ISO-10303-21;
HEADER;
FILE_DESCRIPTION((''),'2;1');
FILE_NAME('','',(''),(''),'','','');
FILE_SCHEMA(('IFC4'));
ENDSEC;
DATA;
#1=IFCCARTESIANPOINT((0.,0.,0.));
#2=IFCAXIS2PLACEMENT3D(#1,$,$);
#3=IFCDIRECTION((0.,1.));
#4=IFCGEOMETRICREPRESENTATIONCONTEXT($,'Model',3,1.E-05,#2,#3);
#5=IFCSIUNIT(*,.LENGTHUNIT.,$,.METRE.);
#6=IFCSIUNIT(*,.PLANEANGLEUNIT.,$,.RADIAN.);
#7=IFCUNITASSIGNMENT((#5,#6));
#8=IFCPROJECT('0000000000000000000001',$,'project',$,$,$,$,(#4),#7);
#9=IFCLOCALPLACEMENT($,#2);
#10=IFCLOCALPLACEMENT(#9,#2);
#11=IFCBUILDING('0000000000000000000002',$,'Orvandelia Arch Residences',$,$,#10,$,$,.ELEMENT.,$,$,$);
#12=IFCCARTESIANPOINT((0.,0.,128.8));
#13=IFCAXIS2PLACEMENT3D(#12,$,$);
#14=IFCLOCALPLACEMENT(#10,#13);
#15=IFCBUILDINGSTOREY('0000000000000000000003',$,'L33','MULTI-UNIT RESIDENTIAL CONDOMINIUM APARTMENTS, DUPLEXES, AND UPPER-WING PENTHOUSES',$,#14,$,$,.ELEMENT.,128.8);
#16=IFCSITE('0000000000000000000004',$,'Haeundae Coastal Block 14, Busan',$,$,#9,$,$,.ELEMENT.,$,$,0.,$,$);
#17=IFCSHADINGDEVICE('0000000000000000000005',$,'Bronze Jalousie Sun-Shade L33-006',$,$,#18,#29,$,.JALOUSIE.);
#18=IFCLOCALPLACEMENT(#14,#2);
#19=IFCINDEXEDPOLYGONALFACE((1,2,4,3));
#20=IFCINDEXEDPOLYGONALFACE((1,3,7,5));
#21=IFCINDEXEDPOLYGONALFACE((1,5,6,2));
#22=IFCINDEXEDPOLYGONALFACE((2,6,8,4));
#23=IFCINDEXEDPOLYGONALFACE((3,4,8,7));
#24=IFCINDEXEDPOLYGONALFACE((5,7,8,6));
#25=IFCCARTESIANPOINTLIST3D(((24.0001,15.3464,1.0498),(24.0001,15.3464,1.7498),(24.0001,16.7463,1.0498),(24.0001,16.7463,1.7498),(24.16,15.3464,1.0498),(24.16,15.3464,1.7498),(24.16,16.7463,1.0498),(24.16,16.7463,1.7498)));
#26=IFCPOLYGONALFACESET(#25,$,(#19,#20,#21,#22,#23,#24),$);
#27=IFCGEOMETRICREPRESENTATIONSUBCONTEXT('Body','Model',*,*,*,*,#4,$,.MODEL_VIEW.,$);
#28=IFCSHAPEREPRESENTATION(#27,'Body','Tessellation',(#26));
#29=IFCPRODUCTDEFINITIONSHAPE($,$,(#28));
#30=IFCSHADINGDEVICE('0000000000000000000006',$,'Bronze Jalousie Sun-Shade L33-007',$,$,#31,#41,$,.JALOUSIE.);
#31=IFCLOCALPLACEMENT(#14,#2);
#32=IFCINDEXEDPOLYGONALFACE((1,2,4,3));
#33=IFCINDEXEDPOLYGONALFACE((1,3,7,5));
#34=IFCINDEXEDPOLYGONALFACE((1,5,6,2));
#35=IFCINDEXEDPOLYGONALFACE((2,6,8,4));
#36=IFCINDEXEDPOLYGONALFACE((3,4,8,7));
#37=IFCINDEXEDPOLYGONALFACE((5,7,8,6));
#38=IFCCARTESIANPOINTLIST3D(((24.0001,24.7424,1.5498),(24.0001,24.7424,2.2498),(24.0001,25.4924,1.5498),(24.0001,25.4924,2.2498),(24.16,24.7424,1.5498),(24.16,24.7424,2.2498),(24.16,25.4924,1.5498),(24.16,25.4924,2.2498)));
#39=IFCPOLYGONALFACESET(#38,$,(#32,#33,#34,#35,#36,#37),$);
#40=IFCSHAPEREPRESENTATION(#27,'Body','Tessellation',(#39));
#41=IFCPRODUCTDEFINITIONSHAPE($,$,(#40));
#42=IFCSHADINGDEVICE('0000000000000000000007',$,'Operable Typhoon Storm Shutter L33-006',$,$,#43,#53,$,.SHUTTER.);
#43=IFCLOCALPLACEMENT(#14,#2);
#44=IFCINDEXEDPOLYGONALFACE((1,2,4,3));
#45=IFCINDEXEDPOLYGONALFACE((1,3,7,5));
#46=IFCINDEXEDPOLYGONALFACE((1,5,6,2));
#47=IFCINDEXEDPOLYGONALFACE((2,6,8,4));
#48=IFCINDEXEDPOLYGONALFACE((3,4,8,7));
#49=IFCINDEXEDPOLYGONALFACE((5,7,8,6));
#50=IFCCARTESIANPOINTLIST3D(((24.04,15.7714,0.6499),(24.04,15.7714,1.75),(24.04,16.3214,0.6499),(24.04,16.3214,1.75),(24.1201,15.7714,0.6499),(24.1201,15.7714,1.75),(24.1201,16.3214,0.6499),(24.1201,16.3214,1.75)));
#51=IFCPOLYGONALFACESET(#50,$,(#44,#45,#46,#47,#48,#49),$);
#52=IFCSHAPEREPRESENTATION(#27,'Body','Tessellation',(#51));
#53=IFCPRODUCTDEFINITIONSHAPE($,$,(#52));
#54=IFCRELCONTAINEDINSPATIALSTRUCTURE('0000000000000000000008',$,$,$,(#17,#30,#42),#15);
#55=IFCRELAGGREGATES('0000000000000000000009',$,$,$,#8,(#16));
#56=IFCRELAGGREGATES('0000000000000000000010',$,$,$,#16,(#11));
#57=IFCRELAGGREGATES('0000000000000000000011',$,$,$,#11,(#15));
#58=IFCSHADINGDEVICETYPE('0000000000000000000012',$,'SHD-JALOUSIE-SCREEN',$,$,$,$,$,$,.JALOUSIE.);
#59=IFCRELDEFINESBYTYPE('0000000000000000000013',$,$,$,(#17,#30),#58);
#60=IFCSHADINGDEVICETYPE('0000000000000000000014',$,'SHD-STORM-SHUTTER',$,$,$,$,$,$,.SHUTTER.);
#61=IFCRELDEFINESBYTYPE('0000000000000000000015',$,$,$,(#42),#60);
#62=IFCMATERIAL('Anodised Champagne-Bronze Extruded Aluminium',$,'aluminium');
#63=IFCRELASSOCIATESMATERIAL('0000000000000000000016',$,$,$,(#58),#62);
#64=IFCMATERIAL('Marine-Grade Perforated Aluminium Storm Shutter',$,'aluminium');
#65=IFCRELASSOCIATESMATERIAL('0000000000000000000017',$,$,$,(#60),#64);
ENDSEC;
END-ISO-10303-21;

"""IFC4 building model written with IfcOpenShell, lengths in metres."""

from ifc_helpers import new_model, si_unit, direction, frame, origin, origin_2d, place, context, subcontext, project, spatial, rectangle, extrude, material, type_object, element, save


model = new_model("IFC4")

# Units and contexts
model_context = context("Model", 3, precision=1e-05, world=origin(), true_north=direction((0.0, 1.0)))
body_context = subcontext(model_context, "Body", "Model", "MODEL_VIEW")
ifc_project = project(units=[si_unit("LENGTHUNIT", "METRE"), si_unit("PLANEANGLEUNIT", "RADIAN")], contexts=[model_context])

# Site, building, storey
site_placement = place(None, origin())
site = spatial("IfcSite", under=ifc_project, at=site_placement, Name="Haeundae Coastal Block 14, Busan", CompositionType="ELEMENT", RefElevation=0.0)
building_placement = place(site_placement, origin())
building = spatial("IfcBuilding", under=site, at=building_placement, Name="Orvandelia Arch Residences", CompositionType="ELEMENT")
storey_placement = place(building_placement, frame((0.0, 0.0, 128.8)))
storey = spatial("IfcBuildingStorey", under=building, at=storey_placement, Name="L33", Description="MULTI-UNIT RESIDENTIAL CONDOMINIUM APARTMENTS, DUPLEXES, AND UPPER-WING PENTHOUSES", CompositionType="ELEMENT", Elevation=128.8)

# Shading devices
ifc_material_1 = material(Name="Anodised Champagne-Bronze Extruded Aluminium", Category="aluminium")
shading_device_type_1 = type_object("IfcShadingDeviceType", Name="SHD-JALOUSIE-SCREEN", PredefinedType="JALOUSIE", material=ifc_material_1)
shading_device_1_placement = place(storey_placement, frame((24.0801, 16.0464, 1.0498), z_axis=(0.0, 0.0, 1.0), x_axis=(0.0, -1.0, 0.0)))
element("IfcShadingDevice", 1, at=shading_device_1_placement, inside=storey, type_object=shading_device_type_1, Name="Bronze Jalousie Sun-Shade L33-006", PredefinedType="JALOUSIE", context=body_context, shape_type="SweptSolid", body=[
    extrude(rectangle(XDim=1.3999, YDim=0.1599, at=origin_2d()), origin(), (0.0, 0.0, 1.0), 0.7),
])
shading_device_2_placement = place(storey_placement, frame((24.0801, 25.1174, 1.5498), z_axis=(0.0, 0.0, 1.0), x_axis=(0.0, -1.0, 0.0)))
element("IfcShadingDevice", 2, at=shading_device_2_placement, inside=storey, type_object=shading_device_type_1, Name="Bronze Jalousie Sun-Shade L33-007", PredefinedType="JALOUSIE", context=body_context, shape_type="SweptSolid", body=[
    extrude(rectangle(XDim=0.75, YDim=0.1599, at=origin_2d()), origin(), (0.0, 0.0, 1.0), 0.7),
])
ifc_material_2 = material(Name="Marine-Grade Perforated Aluminium Storm Shutter", Category="aluminium")
shading_device_type_2 = type_object("IfcShadingDeviceType", Name="SHD-STORM-SHUTTER", PredefinedType="SHUTTER", material=ifc_material_2)
shading_device_3_placement = place(storey_placement, frame((24.0801, 16.0464, 0.6499), z_axis=(0.0, 0.0, 1.0), x_axis=(0.0, -1.0, 0.0)))
element("IfcShadingDevice", 3, at=shading_device_3_placement, inside=storey, type_object=shading_device_type_2, Name="Operable Typhoon Storm Shutter L33-006", PredefinedType="SHUTTER", context=body_context, shape_type="SweptSolid", body=[
    extrude(rectangle(XDim=0.55, YDim=0.0801, at=origin_2d()), origin(), (0.0, 0.0, 1.0), 1.1001),
])

save(model, "model.ifc")
